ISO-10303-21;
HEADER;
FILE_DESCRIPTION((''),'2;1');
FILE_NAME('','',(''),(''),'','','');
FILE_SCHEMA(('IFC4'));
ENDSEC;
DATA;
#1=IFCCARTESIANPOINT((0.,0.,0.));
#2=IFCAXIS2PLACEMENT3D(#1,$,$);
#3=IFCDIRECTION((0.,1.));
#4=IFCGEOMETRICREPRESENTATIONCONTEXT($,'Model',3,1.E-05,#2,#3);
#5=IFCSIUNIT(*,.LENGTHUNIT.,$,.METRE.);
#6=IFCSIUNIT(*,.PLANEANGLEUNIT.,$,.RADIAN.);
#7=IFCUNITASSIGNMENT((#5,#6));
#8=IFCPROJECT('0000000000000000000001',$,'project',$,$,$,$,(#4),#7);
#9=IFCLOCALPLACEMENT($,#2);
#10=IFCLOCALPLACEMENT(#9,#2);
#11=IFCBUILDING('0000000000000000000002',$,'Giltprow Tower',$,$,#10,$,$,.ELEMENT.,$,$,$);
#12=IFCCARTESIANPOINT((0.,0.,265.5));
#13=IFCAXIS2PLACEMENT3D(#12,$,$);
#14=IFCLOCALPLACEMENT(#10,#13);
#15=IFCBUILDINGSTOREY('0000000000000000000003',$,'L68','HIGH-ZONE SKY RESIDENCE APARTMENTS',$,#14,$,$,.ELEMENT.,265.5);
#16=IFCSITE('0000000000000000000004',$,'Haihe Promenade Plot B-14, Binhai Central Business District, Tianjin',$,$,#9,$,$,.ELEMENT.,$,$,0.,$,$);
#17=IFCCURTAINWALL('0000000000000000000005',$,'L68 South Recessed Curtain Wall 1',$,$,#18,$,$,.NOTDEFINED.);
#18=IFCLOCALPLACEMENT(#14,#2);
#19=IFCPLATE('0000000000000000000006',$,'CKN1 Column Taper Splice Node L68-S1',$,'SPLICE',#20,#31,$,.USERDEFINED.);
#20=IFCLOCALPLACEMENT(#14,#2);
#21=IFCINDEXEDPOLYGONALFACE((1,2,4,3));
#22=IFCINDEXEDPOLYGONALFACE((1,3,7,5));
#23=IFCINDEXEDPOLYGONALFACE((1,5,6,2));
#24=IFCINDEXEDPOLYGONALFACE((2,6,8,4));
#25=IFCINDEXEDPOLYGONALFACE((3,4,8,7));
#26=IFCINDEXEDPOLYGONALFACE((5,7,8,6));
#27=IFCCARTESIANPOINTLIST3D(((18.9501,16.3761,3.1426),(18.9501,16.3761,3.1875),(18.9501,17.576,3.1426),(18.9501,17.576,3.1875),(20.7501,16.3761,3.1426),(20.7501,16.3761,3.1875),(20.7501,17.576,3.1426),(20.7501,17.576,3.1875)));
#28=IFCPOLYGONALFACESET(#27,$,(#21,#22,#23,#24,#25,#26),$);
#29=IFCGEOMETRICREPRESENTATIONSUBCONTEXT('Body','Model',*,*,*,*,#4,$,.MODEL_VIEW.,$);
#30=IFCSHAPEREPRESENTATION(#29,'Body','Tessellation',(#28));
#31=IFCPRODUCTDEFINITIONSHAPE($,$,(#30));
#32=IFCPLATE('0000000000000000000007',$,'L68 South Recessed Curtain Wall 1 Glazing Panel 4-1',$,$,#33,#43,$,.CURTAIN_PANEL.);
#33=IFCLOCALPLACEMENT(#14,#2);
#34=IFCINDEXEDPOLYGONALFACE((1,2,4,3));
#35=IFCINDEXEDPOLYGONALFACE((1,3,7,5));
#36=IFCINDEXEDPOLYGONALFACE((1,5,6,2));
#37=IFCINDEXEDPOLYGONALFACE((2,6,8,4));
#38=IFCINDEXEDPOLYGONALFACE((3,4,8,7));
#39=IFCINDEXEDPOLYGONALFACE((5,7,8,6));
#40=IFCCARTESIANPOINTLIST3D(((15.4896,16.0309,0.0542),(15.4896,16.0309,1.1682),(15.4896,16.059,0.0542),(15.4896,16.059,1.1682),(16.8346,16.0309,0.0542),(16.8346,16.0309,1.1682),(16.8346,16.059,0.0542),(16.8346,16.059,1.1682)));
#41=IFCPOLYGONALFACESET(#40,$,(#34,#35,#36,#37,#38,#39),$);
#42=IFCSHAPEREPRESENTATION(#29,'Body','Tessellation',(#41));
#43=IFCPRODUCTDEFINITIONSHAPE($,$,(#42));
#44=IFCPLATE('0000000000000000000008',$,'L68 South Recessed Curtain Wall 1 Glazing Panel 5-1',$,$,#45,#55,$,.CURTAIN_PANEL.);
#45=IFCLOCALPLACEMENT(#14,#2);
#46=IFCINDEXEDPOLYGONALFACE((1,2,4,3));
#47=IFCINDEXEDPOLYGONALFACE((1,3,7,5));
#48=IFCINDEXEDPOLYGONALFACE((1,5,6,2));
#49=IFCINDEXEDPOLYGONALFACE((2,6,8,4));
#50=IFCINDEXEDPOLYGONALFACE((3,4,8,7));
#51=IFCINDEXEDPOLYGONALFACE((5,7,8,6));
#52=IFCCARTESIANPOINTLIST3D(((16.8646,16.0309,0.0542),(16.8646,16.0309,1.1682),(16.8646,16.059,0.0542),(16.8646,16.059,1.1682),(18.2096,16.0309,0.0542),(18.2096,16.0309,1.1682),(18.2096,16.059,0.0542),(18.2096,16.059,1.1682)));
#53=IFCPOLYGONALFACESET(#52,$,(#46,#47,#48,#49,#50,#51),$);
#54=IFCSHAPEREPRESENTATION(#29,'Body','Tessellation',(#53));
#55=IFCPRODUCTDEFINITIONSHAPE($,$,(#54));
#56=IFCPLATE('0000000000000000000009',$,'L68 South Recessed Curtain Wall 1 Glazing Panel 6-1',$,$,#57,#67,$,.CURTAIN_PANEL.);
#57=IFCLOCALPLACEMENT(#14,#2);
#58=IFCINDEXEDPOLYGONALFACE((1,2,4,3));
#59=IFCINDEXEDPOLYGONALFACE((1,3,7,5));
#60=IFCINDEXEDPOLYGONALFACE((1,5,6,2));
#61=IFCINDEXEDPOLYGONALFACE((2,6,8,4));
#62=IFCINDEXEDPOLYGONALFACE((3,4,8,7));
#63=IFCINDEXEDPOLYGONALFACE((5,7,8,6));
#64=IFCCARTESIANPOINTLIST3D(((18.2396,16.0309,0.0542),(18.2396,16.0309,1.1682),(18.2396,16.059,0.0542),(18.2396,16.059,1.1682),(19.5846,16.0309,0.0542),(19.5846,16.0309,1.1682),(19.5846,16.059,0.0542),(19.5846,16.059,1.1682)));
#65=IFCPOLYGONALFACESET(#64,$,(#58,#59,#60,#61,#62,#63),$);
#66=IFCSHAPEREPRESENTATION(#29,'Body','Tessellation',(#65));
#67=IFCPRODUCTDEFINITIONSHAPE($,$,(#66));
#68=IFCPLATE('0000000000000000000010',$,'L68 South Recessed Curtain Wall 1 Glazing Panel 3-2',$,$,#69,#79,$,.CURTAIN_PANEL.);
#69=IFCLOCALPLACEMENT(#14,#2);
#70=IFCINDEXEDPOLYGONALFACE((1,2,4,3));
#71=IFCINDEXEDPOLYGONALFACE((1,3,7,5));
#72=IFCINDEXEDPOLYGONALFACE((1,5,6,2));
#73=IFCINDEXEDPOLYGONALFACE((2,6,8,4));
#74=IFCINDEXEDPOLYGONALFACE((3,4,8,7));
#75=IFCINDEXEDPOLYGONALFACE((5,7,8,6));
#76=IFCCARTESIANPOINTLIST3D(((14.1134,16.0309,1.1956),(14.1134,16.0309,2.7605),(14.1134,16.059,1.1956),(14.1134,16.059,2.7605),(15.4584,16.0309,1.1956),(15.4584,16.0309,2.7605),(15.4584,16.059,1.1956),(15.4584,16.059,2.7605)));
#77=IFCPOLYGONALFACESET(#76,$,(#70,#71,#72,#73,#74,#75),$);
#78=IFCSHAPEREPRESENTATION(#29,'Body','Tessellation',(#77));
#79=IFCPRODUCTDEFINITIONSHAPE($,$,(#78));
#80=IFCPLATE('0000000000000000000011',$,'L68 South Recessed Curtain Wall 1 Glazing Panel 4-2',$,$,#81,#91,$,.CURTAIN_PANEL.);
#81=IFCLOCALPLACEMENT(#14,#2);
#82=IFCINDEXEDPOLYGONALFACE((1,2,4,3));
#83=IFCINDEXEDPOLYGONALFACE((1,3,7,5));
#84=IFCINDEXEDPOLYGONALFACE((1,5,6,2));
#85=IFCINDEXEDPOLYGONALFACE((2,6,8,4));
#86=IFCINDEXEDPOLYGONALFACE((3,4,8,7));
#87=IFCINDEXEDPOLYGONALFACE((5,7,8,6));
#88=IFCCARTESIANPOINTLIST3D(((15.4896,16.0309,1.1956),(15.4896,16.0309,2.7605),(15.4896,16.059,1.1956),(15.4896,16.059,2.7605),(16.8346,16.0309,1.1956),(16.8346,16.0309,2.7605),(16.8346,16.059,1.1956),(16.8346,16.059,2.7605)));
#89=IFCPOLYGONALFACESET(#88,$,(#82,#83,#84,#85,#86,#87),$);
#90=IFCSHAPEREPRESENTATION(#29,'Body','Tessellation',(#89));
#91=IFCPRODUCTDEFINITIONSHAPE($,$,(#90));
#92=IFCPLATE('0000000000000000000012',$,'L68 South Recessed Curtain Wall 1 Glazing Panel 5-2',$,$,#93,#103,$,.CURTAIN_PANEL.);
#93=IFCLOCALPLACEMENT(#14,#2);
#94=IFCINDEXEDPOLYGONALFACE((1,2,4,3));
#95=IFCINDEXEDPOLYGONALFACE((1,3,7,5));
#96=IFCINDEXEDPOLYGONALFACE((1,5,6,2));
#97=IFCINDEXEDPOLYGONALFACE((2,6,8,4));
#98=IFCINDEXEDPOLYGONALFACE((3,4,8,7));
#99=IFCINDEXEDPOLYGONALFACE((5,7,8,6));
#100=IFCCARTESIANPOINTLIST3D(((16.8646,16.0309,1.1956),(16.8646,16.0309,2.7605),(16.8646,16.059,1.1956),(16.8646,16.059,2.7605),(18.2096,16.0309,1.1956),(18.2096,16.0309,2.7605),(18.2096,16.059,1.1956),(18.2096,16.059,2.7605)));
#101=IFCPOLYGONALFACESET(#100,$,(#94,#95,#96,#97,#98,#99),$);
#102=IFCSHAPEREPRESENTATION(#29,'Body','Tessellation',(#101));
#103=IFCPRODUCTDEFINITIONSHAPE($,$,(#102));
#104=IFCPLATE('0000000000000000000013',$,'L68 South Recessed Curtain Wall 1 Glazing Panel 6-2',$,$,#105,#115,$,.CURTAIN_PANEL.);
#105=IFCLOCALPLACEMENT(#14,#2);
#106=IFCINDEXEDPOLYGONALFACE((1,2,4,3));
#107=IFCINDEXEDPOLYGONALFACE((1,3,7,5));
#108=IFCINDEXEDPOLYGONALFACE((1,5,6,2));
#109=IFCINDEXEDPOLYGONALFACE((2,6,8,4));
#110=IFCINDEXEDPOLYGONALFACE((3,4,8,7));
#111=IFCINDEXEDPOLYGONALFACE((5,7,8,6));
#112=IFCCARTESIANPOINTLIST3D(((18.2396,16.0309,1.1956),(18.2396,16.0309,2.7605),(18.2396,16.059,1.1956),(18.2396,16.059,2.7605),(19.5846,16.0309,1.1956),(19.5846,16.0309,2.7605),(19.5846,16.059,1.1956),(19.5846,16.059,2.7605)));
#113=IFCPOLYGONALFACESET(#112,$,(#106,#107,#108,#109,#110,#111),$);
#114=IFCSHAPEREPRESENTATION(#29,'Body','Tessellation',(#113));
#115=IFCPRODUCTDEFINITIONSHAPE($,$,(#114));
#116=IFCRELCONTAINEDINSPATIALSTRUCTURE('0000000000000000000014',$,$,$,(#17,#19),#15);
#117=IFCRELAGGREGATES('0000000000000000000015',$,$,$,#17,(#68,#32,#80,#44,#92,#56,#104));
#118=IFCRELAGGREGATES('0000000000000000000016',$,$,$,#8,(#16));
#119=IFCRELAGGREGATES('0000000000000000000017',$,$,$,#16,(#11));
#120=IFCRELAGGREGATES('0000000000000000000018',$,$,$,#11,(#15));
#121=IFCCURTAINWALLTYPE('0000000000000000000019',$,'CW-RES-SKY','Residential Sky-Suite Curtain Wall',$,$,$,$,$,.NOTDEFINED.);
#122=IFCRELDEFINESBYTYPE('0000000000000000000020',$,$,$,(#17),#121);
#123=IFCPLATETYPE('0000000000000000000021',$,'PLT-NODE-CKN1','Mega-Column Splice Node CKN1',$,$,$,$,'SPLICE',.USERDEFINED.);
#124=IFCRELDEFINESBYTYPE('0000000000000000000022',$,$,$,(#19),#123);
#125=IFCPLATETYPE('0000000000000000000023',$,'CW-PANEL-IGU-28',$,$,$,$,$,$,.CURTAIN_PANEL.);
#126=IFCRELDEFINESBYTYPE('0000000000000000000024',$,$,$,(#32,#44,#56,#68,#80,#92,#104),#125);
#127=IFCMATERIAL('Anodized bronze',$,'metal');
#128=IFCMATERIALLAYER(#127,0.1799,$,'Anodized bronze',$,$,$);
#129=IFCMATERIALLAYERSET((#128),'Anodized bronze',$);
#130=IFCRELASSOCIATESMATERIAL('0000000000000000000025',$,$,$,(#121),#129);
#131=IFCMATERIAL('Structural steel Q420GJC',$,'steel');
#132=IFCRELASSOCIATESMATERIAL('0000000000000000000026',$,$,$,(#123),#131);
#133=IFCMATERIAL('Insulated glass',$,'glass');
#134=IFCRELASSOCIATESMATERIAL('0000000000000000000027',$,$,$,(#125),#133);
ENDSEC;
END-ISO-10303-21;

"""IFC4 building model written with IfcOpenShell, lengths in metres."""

from ifc_helpers import new_model, si_unit, direction, frame, origin, origin_2d, place, context, subcontext, project, spatial, rectangle, extrude, source, transform, mapped, material, layer, layer_set, type_object, element, aggregate, save


model = new_model("IFC4")

# Units and contexts
model_context = context("Model", 3, precision=1e-05, world=origin(), true_north=direction((0.0, 1.0)))
body_context = subcontext(model_context, "Body", "Model", "MODEL_VIEW")
ifc_project = project(units=[si_unit("LENGTHUNIT", "METRE"), si_unit("PLANEANGLEUNIT", "RADIAN")], contexts=[model_context])

# Site, building, storey
site_placement = place(None, origin())
site = spatial("IfcSite", under=ifc_project, at=site_placement, Name="Haihe Promenade Plot B-14, Binhai Central Business District, Tianjin", CompositionType="ELEMENT", RefElevation=0.0)
building_placement = place(site_placement, origin())
building = spatial("IfcBuilding", under=site, at=building_placement, Name="Giltprow Tower", CompositionType="ELEMENT")
storey_placement = place(building_placement, frame((0.0, 0.0, 265.5)))
storey = spatial("IfcBuildingStorey", under=building, at=storey_placement, Name="L68", Description="HIGH-ZONE SKY RESIDENCE APARTMENTS", CompositionType="ELEMENT", Elevation=265.5)

# Curtain wall
ifc_material_1 = material(Name="Anodized bronze", Category="metal")
ifc_layer_1 = layer(ifc_material_1, 0.1799, Name="Anodized bronze")
ifc_layer_set_1 = layer_set([ifc_layer_1], Name="Anodized bronze")
curtain_wall_type = type_object("IfcCurtainWallType", Name="CW-RES-SKY", Description="Residential Sky-Suite Curtain Wall", PredefinedType="NOTDEFINED", material=ifc_layer_set_1)
curtain_wall_placement = place(storey_placement, origin())
curtain_wall = element("IfcCurtainWall", 1, at=curtain_wall_placement, inside=storey, type_object=curtain_wall_type, Name="L68 South Recessed Curtain Wall 1", PredefinedType="NOTDEFINED")

# Plates
ifc_material_2 = material(Name="Structural steel Q420GJC", Category="steel")
plate_type_1 = type_object("IfcPlateType", Name="PLT-NODE-CKN1", Description="Mega-Column Splice Node CKN1", ElementType="SPLICE", PredefinedType="USERDEFINED", material=ifc_material_2)
shared_shape_1 = source(origin(), body_context, "Body", "SweptSolid", [
    extrude(rectangle(XDim=1.8, YDim=1.2, at=origin_2d()), origin(), (0.0, 0.0, 1.0), 0.0449),
])
plate_1_placement = place(storey_placement, frame((19.8501, 16.9761, 3.1426), z_axis=(0.0, 0.0, 1.0), x_axis=(1.0, 0.0, 0.0)))
element("IfcPlate", 2, at=plate_1_placement, inside=storey, type_object=plate_type_1, Name="CKN1 Column Taper Splice Node L68-S1", ObjectType="SPLICE", PredefinedType="USERDEFINED", context=body_context, shape_type="MappedRepresentation", body=[
    mapped(shared_shape_1, transform((0.0, 0.0, 0.0), x_axis=(1.0, 0.0, 0.0), y_axis=(0.0, 1.0, 0.0), z_axis=(0.0, 0.0, 1.0), scale=1.0)),
])
ifc_material_3 = material(Name="Insulated glass", Category="glass")
plate_type_2 = type_object("IfcPlateType", Name="CW-PANEL-IGU-28", PredefinedType="CURTAIN_PANEL", material=ifc_material_3)
shared_shape_2 = source(origin(), body_context, "Body", "SweptSolid", [
    extrude(rectangle(XDim=1.345, YDim=0.0281, at=origin_2d()), origin(), (0.0, 0.0, 1.0), 1.114),
])
plate_2_placement = place(storey_placement, frame((16.1621, 16.0449, 0.0542), z_axis=(0.0, 0.0, 1.0), x_axis=(1.0, 0.0, 0.0)))
plate_2 = element("IfcPlate", 3, at=plate_2_placement, type_object=plate_type_2, Name="L68 South Recessed Curtain Wall 1 Glazing Panel 4-1", PredefinedType="CURTAIN_PANEL", context=body_context, shape_type="MappedRepresentation", body=[
    mapped(shared_shape_2, transform((0.0, 0.0, 0.0), x_axis=(1.0, 0.0, 0.0), y_axis=(0.0, 1.0, 0.0), z_axis=(0.0, 0.0, 1.0), scale=1.0)),
])
plate_3_placement = place(storey_placement, frame((17.5371, 16.0449, 0.0542), z_axis=(0.0, 0.0, 1.0), x_axis=(1.0, 0.0, 0.0)))
plate_3 = element("IfcPlate", 4, at=plate_3_placement, type_object=plate_type_2, Name="L68 South Recessed Curtain Wall 1 Glazing Panel 5-1", PredefinedType="CURTAIN_PANEL", context=body_context, shape_type="MappedRepresentation", body=[
    mapped(shared_shape_2, transform((0.0, 0.0, 0.0), x_axis=(1.0, 0.0, 0.0), y_axis=(0.0, 1.0, 0.0), z_axis=(0.0, 0.0, 1.0), scale=1.0)),
])
plate_4_placement = place(storey_placement, frame((18.9121, 16.0449, 0.0542), z_axis=(0.0, 0.0, 1.0), x_axis=(1.0, 0.0, 0.0)))
plate_4 = element("IfcPlate", 5, at=plate_4_placement, type_object=plate_type_2, Name="L68 South Recessed Curtain Wall 1 Glazing Panel 6-1", PredefinedType="CURTAIN_PANEL", context=body_context, shape_type="MappedRepresentation", body=[
    mapped(shared_shape_2, transform((0.0, 0.0, 0.0), x_axis=(1.0, 0.0, 0.0), y_axis=(0.0, 1.0, 0.0), z_axis=(0.0, 0.0, 1.0), scale=1.0)),
])
shared_shape_3 = source(origin(), body_context, "Body", "SweptSolid", [
    extrude(rectangle(XDim=1.345, YDim=0.0281, at=origin_2d()), origin(), (0.0, 0.0, 1.0), 1.5649),
])
plate_5_placement = place(storey_placement, frame((14.7859, 16.0449, 1.1956), z_axis=(0.0, 0.0, 1.0), x_axis=(1.0, 0.0, 0.0)))
plate_5 = element("IfcPlate", 6, at=plate_5_placement, type_object=plate_type_2, Name="L68 South Recessed Curtain Wall 1 Glazing Panel 3-2", PredefinedType="CURTAIN_PANEL", context=body_context, shape_type="MappedRepresentation", body=[
    mapped(shared_shape_3, transform((0.0, 0.0, 0.0), x_axis=(1.0, 0.0, 0.0), y_axis=(0.0, 1.0, 0.0), z_axis=(0.0, 0.0, 1.0), scale=1.0)),
])
plate_6_placement = place(storey_placement, frame((16.1621, 16.0449, 1.1956), z_axis=(0.0, 0.0, 1.0), x_axis=(1.0, 0.0, 0.0)))
plate_6 = element("IfcPlate", 7, at=plate_6_placement, type_object=plate_type_2, Name="L68 South Recessed Curtain Wall 1 Glazing Panel 4-2", PredefinedType="CURTAIN_PANEL", context=body_context, shape_type="MappedRepresentation", body=[
    mapped(shared_shape_3, transform((0.0, 0.0, 0.0), x_axis=(1.0, 0.0, 0.0), y_axis=(0.0, 1.0, 0.0), z_axis=(0.0, 0.0, 1.0), scale=1.0)),
])
plate_7_placement = place(storey_placement, frame((17.5371, 16.0449, 1.1956), z_axis=(0.0, 0.0, 1.0), x_axis=(1.0, 0.0, 0.0)))
plate_7 = element("IfcPlate", 8, at=plate_7_placement, type_object=plate_type_2, Name="L68 South Recessed Curtain Wall 1 Glazing Panel 5-2", PredefinedType="CURTAIN_PANEL", context=body_context, shape_type="MappedRepresentation", body=[
    mapped(shared_shape_3, transform((0.0, 0.0, 0.0), x_axis=(1.0, 0.0, 0.0), y_axis=(0.0, 1.0, 0.0), z_axis=(0.0, 0.0, 1.0), scale=1.0)),
])
plate_8_placement = place(storey_placement, frame((18.9121, 16.0449, 1.1956), z_axis=(0.0, 0.0, 1.0), x_axis=(1.0, 0.0, 0.0)))
plate_8 = element("IfcPlate", 9, at=plate_8_placement, type_object=plate_type_2, Name="L68 South Recessed Curtain Wall 1 Glazing Panel 6-2", PredefinedType="CURTAIN_PANEL", context=body_context, shape_type="MappedRepresentation", body=[
    mapped(shared_shape_3, transform((0.0, 0.0, 0.0), x_axis=(1.0, 0.0, 0.0), y_axis=(0.0, 1.0, 0.0), z_axis=(0.0, 0.0, 1.0), scale=1.0)),
])
aggregate(curtain_wall, [plate_5, plate_2, plate_6, plate_3, plate_7, plate_4, plate_8])

save(model, "model.ifc")
